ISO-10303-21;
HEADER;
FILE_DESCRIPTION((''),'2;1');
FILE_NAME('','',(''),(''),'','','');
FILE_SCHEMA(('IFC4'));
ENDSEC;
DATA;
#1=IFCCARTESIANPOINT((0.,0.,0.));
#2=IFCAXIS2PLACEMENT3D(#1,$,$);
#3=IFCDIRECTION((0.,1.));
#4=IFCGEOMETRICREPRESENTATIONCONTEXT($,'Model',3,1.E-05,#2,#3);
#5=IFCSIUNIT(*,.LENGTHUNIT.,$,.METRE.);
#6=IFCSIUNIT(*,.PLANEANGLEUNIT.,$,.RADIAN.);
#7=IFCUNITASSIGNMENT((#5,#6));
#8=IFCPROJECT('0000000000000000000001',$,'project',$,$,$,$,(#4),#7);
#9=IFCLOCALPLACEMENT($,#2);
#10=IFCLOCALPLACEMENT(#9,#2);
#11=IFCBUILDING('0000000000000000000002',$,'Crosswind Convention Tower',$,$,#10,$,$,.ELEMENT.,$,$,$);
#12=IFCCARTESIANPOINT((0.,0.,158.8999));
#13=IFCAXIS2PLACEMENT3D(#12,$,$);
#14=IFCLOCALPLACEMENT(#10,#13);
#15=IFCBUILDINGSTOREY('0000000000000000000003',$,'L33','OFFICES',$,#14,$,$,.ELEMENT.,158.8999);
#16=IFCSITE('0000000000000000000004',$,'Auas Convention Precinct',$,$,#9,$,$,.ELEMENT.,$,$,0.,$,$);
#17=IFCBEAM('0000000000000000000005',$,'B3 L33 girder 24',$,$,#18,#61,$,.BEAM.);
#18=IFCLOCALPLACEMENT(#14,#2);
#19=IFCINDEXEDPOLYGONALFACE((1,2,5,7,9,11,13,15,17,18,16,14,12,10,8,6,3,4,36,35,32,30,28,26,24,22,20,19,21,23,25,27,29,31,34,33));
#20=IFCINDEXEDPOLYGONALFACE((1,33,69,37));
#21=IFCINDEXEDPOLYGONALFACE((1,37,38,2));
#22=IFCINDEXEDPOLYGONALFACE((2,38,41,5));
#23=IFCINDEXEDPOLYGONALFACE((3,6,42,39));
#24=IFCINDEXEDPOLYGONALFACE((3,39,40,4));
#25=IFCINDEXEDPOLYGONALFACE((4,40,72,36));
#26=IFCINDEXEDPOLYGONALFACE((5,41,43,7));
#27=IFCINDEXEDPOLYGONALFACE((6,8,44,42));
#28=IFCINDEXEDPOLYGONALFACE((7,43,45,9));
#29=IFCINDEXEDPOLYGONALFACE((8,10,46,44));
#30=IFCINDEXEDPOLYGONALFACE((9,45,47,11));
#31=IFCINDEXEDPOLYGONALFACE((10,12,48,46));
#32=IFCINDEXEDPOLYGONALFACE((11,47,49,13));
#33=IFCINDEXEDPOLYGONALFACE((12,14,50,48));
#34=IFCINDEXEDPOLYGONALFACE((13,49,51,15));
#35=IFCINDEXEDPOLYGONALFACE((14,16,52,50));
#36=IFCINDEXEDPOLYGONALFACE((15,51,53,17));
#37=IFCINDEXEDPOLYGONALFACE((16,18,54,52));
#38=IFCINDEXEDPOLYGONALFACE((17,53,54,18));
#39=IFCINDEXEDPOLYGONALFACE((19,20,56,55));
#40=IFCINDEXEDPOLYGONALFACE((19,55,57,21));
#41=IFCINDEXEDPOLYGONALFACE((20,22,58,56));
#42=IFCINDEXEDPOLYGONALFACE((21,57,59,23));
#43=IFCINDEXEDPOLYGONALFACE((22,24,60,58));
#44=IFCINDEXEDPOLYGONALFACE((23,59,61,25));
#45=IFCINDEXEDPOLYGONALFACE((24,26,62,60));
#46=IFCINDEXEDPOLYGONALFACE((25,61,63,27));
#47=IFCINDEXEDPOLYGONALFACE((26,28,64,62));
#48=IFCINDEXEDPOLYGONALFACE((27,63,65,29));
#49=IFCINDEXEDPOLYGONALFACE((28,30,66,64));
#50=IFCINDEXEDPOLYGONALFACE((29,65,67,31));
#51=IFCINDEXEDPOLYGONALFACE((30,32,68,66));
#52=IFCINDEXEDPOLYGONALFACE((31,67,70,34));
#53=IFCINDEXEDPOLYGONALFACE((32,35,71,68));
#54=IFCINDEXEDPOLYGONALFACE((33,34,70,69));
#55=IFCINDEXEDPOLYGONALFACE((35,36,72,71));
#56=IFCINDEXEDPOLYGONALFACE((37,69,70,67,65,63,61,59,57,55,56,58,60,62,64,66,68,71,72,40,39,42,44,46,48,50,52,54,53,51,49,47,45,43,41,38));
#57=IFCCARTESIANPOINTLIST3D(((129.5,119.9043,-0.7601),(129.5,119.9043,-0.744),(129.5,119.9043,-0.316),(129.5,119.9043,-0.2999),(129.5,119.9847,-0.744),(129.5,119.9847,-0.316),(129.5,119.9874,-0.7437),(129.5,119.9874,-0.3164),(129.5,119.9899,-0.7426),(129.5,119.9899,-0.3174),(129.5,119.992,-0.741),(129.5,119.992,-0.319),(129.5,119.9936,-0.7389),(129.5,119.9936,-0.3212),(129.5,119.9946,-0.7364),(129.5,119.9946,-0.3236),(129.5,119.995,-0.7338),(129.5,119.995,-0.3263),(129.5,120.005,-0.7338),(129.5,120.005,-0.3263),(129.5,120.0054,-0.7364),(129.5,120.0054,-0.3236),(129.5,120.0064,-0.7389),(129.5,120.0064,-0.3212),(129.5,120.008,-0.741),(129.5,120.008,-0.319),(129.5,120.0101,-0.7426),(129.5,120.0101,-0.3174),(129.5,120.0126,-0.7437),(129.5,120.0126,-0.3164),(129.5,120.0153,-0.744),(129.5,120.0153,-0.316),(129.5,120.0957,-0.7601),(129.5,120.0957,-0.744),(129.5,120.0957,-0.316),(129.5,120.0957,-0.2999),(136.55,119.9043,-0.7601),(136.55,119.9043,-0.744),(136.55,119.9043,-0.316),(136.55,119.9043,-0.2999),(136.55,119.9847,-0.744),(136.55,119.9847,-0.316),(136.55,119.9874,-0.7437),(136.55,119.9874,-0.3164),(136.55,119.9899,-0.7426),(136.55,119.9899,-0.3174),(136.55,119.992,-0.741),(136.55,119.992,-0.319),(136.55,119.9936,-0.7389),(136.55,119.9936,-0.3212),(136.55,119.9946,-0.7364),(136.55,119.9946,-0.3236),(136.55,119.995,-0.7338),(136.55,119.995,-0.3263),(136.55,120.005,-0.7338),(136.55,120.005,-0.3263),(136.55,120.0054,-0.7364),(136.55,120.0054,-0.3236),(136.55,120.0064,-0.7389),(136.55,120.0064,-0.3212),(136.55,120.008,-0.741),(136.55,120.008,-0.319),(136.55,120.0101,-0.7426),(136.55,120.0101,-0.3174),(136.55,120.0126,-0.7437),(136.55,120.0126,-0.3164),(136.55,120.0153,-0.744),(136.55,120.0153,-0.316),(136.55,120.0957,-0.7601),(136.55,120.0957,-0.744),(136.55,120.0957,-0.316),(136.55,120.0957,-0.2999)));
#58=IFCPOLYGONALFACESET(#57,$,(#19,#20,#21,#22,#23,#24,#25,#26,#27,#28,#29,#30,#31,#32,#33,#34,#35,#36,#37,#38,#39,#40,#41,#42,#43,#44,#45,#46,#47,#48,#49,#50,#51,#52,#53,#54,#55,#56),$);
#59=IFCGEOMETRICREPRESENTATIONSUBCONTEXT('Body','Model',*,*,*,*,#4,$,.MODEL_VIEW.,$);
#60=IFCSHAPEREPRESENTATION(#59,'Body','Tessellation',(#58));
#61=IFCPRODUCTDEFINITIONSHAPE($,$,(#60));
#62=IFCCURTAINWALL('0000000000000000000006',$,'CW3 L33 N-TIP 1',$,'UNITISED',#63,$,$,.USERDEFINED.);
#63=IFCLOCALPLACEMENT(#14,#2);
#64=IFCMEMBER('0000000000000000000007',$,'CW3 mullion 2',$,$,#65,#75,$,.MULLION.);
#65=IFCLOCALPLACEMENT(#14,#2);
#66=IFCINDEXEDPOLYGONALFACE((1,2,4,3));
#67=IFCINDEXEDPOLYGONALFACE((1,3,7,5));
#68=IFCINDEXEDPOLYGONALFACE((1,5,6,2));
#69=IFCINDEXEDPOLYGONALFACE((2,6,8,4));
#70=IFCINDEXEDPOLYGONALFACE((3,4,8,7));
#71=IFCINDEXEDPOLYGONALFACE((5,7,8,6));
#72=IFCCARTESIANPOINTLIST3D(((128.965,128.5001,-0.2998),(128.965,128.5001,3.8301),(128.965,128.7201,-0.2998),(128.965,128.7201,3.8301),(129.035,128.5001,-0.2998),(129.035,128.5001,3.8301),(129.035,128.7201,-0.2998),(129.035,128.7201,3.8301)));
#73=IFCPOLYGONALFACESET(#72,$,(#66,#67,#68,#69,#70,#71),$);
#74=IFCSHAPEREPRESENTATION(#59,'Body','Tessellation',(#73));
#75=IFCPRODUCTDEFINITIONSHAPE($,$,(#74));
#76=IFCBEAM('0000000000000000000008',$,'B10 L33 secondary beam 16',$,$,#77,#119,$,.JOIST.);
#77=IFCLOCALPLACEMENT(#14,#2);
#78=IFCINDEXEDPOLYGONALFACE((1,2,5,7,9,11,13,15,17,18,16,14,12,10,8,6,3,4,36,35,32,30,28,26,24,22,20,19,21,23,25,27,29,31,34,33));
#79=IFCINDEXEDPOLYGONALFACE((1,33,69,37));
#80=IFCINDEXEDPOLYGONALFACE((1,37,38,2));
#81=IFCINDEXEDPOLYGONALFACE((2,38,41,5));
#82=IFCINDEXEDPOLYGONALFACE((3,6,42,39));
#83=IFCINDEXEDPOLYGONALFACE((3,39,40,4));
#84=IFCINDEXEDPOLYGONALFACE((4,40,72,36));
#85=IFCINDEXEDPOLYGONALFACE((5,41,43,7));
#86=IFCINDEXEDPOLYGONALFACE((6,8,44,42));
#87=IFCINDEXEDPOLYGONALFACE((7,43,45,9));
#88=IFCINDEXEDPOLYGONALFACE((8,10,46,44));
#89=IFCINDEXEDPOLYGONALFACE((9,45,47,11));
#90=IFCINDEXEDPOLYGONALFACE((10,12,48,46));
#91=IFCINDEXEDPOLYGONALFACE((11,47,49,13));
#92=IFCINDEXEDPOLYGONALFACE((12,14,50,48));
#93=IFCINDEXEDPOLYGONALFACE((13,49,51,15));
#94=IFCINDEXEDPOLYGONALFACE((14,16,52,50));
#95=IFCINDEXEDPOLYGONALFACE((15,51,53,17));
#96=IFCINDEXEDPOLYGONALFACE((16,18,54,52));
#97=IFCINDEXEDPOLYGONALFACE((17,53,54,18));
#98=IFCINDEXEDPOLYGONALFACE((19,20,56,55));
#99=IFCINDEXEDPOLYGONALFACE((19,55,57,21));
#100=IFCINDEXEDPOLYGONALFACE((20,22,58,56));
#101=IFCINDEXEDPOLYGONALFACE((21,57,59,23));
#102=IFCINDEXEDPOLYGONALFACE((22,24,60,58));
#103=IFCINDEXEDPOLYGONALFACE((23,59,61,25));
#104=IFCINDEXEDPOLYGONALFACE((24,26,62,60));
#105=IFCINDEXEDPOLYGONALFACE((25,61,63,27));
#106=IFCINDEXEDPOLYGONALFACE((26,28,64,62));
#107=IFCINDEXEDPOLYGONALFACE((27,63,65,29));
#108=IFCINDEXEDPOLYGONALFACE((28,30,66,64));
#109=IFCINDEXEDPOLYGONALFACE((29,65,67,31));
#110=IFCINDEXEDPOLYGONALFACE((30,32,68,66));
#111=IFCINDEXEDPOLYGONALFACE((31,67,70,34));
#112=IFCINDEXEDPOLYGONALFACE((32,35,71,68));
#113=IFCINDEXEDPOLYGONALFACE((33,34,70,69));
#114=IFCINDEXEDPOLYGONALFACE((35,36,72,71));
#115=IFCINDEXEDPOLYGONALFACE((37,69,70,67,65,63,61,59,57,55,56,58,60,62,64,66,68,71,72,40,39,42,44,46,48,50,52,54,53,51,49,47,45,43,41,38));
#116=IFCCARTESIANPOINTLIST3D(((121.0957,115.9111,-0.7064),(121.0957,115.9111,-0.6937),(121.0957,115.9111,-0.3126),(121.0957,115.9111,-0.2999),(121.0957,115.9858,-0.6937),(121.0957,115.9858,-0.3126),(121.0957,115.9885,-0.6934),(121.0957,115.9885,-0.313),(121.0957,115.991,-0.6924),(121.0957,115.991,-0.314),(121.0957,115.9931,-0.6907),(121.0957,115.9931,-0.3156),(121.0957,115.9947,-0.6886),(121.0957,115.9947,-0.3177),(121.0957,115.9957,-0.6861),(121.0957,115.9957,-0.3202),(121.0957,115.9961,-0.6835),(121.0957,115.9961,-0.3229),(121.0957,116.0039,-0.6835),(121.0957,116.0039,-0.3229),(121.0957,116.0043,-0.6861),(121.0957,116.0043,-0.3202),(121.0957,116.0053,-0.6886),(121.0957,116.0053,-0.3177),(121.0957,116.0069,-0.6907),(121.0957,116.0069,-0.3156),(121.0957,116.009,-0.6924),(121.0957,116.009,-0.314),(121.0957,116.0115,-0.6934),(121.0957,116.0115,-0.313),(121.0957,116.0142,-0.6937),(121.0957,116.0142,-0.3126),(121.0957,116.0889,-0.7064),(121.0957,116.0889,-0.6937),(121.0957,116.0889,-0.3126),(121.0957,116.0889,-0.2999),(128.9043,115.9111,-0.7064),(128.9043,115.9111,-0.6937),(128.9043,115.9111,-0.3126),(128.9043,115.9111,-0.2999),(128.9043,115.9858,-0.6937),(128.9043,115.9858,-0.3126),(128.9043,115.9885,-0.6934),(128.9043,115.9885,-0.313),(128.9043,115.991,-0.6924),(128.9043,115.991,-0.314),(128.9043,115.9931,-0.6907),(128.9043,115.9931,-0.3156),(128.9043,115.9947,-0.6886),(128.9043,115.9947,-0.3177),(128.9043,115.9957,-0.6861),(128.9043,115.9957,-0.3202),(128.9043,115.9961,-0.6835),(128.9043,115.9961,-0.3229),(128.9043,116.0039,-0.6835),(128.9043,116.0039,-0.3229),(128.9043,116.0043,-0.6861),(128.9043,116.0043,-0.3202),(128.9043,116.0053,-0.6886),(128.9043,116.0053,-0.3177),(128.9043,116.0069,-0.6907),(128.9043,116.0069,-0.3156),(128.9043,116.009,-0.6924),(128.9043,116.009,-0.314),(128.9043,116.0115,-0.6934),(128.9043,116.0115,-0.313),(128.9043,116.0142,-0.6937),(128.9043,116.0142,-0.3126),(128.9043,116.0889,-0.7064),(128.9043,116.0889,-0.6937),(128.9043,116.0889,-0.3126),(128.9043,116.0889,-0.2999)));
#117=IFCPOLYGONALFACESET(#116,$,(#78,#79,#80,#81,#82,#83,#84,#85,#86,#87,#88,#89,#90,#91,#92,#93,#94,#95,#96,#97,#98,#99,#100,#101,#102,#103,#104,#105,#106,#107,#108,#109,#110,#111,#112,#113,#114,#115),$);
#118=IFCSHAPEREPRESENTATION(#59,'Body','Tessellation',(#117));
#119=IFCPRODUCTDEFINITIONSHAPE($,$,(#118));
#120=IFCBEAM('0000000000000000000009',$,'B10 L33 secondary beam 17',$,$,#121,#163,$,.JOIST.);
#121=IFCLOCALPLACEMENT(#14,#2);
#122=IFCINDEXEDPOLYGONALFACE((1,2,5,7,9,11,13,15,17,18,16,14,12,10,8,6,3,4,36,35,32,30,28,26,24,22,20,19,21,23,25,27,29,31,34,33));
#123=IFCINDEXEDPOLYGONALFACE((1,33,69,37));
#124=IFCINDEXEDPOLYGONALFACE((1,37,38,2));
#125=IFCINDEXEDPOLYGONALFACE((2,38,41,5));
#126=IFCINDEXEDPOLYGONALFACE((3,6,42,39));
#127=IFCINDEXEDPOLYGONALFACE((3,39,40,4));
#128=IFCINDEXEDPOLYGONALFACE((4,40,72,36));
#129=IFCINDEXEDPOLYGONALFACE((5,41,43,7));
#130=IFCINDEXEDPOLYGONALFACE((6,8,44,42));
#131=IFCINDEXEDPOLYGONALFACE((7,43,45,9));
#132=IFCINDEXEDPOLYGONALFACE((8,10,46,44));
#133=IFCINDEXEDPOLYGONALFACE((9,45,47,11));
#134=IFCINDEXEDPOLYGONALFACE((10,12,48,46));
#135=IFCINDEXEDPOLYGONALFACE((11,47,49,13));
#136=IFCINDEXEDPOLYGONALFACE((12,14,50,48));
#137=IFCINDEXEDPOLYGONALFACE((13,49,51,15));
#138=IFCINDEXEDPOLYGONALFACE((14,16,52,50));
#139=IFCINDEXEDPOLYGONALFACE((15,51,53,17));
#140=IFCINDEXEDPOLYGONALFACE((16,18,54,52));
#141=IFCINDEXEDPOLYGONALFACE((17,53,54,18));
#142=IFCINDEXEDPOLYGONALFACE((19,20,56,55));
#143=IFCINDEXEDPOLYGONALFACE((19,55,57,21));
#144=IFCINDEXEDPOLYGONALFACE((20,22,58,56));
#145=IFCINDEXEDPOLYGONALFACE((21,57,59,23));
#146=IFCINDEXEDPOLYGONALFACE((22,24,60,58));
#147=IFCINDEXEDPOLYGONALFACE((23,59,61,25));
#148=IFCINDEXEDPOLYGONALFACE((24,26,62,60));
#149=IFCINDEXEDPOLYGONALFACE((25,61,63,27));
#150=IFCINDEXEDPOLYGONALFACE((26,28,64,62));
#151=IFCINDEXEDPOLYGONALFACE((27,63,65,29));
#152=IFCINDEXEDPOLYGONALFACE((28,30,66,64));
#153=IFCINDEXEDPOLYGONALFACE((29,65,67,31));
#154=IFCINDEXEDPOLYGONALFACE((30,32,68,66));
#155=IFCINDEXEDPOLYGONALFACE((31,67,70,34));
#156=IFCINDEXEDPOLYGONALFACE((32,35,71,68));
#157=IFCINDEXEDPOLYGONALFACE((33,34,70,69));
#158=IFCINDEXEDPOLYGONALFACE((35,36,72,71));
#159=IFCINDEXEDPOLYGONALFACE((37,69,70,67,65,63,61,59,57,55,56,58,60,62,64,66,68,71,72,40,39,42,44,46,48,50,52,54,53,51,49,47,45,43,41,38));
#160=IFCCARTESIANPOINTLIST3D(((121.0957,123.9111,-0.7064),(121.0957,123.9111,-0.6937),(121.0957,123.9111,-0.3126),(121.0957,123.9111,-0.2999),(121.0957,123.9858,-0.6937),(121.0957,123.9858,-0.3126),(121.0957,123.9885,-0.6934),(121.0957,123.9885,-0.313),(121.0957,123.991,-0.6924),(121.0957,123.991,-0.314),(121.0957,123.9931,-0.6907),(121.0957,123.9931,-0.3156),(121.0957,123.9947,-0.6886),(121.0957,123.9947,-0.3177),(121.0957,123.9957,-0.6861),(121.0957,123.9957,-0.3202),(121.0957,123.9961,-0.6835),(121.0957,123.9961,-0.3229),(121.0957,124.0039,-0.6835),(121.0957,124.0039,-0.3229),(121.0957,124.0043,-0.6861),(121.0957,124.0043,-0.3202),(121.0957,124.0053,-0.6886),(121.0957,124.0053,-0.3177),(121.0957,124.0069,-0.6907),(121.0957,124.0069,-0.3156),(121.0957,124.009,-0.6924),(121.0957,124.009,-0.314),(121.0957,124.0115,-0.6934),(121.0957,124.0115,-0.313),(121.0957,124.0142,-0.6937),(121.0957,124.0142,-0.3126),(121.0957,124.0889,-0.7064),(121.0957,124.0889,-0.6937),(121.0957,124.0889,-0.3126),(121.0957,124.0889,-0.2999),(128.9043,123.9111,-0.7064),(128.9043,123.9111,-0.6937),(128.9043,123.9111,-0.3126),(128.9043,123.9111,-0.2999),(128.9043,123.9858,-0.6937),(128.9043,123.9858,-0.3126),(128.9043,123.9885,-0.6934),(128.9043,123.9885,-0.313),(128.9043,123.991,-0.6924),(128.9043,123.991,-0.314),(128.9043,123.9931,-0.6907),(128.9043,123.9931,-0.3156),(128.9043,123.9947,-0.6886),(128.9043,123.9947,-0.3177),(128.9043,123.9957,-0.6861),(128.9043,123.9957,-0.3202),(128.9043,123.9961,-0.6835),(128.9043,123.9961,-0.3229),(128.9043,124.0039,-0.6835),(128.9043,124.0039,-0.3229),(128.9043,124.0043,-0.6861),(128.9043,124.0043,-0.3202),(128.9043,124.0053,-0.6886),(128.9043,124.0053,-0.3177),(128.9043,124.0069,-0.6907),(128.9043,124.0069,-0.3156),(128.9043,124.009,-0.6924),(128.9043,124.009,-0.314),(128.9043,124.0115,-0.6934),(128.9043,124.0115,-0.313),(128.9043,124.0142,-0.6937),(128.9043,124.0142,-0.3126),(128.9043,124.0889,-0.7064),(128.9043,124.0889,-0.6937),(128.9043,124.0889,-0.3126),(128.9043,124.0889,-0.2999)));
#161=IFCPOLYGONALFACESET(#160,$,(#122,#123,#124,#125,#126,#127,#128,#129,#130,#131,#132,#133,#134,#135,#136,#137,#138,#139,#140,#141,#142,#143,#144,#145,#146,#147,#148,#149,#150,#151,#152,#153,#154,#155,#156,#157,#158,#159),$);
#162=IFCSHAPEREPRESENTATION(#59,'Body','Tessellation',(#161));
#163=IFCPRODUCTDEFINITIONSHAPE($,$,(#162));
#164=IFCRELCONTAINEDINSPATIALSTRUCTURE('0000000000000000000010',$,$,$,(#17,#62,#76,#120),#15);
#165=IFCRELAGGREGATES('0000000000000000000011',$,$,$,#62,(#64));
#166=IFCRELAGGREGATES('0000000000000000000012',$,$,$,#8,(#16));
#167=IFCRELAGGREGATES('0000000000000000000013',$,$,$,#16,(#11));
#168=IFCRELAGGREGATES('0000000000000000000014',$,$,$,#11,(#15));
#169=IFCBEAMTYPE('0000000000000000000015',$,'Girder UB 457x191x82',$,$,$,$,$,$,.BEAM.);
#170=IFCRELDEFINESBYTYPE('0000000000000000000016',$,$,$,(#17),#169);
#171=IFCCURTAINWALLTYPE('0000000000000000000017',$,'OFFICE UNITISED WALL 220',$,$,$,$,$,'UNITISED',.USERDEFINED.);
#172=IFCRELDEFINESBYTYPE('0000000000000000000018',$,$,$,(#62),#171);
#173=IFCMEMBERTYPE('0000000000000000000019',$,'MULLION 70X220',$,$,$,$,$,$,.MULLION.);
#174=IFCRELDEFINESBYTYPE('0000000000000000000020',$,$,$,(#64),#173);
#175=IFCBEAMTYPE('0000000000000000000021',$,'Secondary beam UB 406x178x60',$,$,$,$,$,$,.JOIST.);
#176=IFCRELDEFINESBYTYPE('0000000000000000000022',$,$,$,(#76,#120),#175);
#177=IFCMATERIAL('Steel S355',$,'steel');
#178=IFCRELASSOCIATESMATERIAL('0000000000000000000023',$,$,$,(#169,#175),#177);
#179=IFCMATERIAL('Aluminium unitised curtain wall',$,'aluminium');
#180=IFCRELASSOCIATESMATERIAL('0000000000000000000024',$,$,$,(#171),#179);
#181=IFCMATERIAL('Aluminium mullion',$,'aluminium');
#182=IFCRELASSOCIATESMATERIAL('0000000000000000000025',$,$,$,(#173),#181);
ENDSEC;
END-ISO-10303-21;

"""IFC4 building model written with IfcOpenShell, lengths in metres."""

from ifc_helpers import new_model, si_unit, direction, frame, origin, origin_2d, place, context, subcontext, project, spatial, rectangle, i_section, extrude, material, material_profile, profile_set, type_object, element, aggregate, save


model = new_model("IFC4")

# Units and contexts
model_context = context("Model", 3, precision=1e-05, world=origin(), true_north=direction((0.0, 1.0)))
body_context = subcontext(model_context, "Body", "Model", "MODEL_VIEW")
ifc_project = project(units=[si_unit("LENGTHUNIT", "METRE"), si_unit("PLANEANGLEUNIT", "RADIAN")], contexts=[model_context])

# Site, building, storey
site_placement = place(None, origin())
site = spatial("IfcSite", under=ifc_project, at=site_placement, Name="Auas Convention Precinct", CompositionType="ELEMENT", RefElevation=0.0)
building_placement = place(site_placement, origin())
building = spatial("IfcBuilding", under=site, at=building_placement, Name="Crosswind Convention Tower", CompositionType="ELEMENT")
storey_placement = place(building_placement, frame((0.0, 0.0, 158.8999)))
storey = spatial("IfcBuildingStorey", under=building, at=storey_placement, Name="L33", Description="OFFICES", CompositionType="ELEMENT", Elevation=158.8999)

# Beam
ifc_material_1 = material(Name="Steel S355", Category="steel")
ifc_material_profile_1 = material_profile(ifc_material_1, i_section(OverallWidth=0.1914, OverallDepth=0.4602, WebThickness=0.01, FlangeThickness=0.0161, FilletRadius=0.0103, at=origin_2d()), Name="UB 457x191x82")
ifc_profile_set_1 = profile_set([ifc_material_profile_1], Name="Steel S355")
beam_type_1 = type_object("IfcBeamType", Name="Girder UB 457x191x82", PredefinedType="BEAM", material=ifc_profile_set_1)
for number, where, z_axis, x_axis, name in (
    (1, (129.5, 120.0, -0.53), (1.0, 0.0, 0.0), (0.0, 1.0, 0.0), "B3 L33 girder 24"),
):
    element("IfcBeam", number, at=place(storey_placement, frame(where, z_axis=z_axis, x_axis=x_axis)), inside=storey, type_object=beam_type_1, Name=name, PredefinedType="BEAM", context=body_context, shape_type="SweptSolid", body=[
        extrude(i_section(OverallWidth=0.1914, OverallDepth=0.4602, WebThickness=0.01, FlangeThickness=0.0161, FilletRadius=0.0103, at=origin_2d()), origin(), (0.0, 0.0, 1.0), 7.05),
    ])

# Curtain wall, member
ifc_material_2 = material(Name="Aluminium unitised curtain wall", Category="aluminium")
curtain_wall_type = type_object("IfcCurtainWallType", Name="OFFICE UNITISED WALL 220", ElementType="UNITISED", PredefinedType="USERDEFINED", material=ifc_material_2)
curtain_wall_placement = place(storey_placement, origin())
curtain_wall = element("IfcCurtainWall", 2, at=curtain_wall_placement, inside=storey, type_object=curtain_wall_type, Name="CW3 L33 N-TIP 1", ObjectType="UNITISED", PredefinedType="USERDEFINED")
ifc_material_3 = material(Name="Aluminium mullion", Category="aluminium")
ifc_material_profile_2 = material_profile(ifc_material_3, rectangle(XDim=0.22, YDim=0.0701, at=origin_2d()), Name="AL 220X70")
ifc_profile_set_2 = profile_set([ifc_material_profile_2], Name="Aluminium mullion")
member_type = type_object("IfcMemberType", Name="MULLION 70X220", PredefinedType="MULLION", material=ifc_profile_set_2)
member_placement = place(storey_placement, frame((129.0, 128.6101, -0.2998), z_axis=(0.0, 0.0, 1.0), x_axis=(0.0, 1.0, 0.0)))
member = element("IfcMember", 3, at=member_placement, type_object=member_type, Name="CW3 mullion 2", PredefinedType="MULLION", context=body_context, shape_type="SweptSolid", body=[
    extrude(rectangle(XDim=0.22, YDim=0.0701, at=origin_2d()), origin(), (0.0, 0.0, 1.0), 4.1299),
])

# Beams
ifc_material_profile_3 = material_profile(ifc_material_1, i_section(OverallWidth=0.1777, OverallDepth=0.4065, WebThickness=0.0078, FlangeThickness=0.0127, FilletRadius=0.0103, at=origin_2d()), Name="UB 406x178x60")
ifc_profile_set_3 = profile_set([ifc_material_profile_3], Name="Steel S355")
beam_type_2 = type_object("IfcBeamType", Name="Secondary beam UB 406x178x60", PredefinedType="JOIST", material=ifc_profile_set_3)
for number, where, z_axis, x_axis, name in (
    (4, (121.0957, 116.0, -0.5032), (1.0, 0.0, 0.0), (0.0, 1.0, 0.0), "B10 L33 secondary beam 16"),
    (5, (121.0957, 124.0, -0.5032), (1.0, 0.0, 0.0), (0.0, 1.0, 0.0), "B10 L33 secondary beam 17"),
):
    element("IfcBeam", number, at=place(storey_placement, frame(where, z_axis=z_axis, x_axis=x_axis)), inside=storey, type_object=beam_type_2, Name=name, PredefinedType="JOIST", context=body_context, shape_type="SweptSolid", body=[
        extrude(i_section(OverallWidth=0.1777, OverallDepth=0.4065, WebThickness=0.0078, FlangeThickness=0.0127, FilletRadius=0.0103, at=origin_2d()), origin(), (0.0, 0.0, 1.0), 7.8086),
    ])

aggregate(curtain_wall, [member])

save(model, "model.ifc")
